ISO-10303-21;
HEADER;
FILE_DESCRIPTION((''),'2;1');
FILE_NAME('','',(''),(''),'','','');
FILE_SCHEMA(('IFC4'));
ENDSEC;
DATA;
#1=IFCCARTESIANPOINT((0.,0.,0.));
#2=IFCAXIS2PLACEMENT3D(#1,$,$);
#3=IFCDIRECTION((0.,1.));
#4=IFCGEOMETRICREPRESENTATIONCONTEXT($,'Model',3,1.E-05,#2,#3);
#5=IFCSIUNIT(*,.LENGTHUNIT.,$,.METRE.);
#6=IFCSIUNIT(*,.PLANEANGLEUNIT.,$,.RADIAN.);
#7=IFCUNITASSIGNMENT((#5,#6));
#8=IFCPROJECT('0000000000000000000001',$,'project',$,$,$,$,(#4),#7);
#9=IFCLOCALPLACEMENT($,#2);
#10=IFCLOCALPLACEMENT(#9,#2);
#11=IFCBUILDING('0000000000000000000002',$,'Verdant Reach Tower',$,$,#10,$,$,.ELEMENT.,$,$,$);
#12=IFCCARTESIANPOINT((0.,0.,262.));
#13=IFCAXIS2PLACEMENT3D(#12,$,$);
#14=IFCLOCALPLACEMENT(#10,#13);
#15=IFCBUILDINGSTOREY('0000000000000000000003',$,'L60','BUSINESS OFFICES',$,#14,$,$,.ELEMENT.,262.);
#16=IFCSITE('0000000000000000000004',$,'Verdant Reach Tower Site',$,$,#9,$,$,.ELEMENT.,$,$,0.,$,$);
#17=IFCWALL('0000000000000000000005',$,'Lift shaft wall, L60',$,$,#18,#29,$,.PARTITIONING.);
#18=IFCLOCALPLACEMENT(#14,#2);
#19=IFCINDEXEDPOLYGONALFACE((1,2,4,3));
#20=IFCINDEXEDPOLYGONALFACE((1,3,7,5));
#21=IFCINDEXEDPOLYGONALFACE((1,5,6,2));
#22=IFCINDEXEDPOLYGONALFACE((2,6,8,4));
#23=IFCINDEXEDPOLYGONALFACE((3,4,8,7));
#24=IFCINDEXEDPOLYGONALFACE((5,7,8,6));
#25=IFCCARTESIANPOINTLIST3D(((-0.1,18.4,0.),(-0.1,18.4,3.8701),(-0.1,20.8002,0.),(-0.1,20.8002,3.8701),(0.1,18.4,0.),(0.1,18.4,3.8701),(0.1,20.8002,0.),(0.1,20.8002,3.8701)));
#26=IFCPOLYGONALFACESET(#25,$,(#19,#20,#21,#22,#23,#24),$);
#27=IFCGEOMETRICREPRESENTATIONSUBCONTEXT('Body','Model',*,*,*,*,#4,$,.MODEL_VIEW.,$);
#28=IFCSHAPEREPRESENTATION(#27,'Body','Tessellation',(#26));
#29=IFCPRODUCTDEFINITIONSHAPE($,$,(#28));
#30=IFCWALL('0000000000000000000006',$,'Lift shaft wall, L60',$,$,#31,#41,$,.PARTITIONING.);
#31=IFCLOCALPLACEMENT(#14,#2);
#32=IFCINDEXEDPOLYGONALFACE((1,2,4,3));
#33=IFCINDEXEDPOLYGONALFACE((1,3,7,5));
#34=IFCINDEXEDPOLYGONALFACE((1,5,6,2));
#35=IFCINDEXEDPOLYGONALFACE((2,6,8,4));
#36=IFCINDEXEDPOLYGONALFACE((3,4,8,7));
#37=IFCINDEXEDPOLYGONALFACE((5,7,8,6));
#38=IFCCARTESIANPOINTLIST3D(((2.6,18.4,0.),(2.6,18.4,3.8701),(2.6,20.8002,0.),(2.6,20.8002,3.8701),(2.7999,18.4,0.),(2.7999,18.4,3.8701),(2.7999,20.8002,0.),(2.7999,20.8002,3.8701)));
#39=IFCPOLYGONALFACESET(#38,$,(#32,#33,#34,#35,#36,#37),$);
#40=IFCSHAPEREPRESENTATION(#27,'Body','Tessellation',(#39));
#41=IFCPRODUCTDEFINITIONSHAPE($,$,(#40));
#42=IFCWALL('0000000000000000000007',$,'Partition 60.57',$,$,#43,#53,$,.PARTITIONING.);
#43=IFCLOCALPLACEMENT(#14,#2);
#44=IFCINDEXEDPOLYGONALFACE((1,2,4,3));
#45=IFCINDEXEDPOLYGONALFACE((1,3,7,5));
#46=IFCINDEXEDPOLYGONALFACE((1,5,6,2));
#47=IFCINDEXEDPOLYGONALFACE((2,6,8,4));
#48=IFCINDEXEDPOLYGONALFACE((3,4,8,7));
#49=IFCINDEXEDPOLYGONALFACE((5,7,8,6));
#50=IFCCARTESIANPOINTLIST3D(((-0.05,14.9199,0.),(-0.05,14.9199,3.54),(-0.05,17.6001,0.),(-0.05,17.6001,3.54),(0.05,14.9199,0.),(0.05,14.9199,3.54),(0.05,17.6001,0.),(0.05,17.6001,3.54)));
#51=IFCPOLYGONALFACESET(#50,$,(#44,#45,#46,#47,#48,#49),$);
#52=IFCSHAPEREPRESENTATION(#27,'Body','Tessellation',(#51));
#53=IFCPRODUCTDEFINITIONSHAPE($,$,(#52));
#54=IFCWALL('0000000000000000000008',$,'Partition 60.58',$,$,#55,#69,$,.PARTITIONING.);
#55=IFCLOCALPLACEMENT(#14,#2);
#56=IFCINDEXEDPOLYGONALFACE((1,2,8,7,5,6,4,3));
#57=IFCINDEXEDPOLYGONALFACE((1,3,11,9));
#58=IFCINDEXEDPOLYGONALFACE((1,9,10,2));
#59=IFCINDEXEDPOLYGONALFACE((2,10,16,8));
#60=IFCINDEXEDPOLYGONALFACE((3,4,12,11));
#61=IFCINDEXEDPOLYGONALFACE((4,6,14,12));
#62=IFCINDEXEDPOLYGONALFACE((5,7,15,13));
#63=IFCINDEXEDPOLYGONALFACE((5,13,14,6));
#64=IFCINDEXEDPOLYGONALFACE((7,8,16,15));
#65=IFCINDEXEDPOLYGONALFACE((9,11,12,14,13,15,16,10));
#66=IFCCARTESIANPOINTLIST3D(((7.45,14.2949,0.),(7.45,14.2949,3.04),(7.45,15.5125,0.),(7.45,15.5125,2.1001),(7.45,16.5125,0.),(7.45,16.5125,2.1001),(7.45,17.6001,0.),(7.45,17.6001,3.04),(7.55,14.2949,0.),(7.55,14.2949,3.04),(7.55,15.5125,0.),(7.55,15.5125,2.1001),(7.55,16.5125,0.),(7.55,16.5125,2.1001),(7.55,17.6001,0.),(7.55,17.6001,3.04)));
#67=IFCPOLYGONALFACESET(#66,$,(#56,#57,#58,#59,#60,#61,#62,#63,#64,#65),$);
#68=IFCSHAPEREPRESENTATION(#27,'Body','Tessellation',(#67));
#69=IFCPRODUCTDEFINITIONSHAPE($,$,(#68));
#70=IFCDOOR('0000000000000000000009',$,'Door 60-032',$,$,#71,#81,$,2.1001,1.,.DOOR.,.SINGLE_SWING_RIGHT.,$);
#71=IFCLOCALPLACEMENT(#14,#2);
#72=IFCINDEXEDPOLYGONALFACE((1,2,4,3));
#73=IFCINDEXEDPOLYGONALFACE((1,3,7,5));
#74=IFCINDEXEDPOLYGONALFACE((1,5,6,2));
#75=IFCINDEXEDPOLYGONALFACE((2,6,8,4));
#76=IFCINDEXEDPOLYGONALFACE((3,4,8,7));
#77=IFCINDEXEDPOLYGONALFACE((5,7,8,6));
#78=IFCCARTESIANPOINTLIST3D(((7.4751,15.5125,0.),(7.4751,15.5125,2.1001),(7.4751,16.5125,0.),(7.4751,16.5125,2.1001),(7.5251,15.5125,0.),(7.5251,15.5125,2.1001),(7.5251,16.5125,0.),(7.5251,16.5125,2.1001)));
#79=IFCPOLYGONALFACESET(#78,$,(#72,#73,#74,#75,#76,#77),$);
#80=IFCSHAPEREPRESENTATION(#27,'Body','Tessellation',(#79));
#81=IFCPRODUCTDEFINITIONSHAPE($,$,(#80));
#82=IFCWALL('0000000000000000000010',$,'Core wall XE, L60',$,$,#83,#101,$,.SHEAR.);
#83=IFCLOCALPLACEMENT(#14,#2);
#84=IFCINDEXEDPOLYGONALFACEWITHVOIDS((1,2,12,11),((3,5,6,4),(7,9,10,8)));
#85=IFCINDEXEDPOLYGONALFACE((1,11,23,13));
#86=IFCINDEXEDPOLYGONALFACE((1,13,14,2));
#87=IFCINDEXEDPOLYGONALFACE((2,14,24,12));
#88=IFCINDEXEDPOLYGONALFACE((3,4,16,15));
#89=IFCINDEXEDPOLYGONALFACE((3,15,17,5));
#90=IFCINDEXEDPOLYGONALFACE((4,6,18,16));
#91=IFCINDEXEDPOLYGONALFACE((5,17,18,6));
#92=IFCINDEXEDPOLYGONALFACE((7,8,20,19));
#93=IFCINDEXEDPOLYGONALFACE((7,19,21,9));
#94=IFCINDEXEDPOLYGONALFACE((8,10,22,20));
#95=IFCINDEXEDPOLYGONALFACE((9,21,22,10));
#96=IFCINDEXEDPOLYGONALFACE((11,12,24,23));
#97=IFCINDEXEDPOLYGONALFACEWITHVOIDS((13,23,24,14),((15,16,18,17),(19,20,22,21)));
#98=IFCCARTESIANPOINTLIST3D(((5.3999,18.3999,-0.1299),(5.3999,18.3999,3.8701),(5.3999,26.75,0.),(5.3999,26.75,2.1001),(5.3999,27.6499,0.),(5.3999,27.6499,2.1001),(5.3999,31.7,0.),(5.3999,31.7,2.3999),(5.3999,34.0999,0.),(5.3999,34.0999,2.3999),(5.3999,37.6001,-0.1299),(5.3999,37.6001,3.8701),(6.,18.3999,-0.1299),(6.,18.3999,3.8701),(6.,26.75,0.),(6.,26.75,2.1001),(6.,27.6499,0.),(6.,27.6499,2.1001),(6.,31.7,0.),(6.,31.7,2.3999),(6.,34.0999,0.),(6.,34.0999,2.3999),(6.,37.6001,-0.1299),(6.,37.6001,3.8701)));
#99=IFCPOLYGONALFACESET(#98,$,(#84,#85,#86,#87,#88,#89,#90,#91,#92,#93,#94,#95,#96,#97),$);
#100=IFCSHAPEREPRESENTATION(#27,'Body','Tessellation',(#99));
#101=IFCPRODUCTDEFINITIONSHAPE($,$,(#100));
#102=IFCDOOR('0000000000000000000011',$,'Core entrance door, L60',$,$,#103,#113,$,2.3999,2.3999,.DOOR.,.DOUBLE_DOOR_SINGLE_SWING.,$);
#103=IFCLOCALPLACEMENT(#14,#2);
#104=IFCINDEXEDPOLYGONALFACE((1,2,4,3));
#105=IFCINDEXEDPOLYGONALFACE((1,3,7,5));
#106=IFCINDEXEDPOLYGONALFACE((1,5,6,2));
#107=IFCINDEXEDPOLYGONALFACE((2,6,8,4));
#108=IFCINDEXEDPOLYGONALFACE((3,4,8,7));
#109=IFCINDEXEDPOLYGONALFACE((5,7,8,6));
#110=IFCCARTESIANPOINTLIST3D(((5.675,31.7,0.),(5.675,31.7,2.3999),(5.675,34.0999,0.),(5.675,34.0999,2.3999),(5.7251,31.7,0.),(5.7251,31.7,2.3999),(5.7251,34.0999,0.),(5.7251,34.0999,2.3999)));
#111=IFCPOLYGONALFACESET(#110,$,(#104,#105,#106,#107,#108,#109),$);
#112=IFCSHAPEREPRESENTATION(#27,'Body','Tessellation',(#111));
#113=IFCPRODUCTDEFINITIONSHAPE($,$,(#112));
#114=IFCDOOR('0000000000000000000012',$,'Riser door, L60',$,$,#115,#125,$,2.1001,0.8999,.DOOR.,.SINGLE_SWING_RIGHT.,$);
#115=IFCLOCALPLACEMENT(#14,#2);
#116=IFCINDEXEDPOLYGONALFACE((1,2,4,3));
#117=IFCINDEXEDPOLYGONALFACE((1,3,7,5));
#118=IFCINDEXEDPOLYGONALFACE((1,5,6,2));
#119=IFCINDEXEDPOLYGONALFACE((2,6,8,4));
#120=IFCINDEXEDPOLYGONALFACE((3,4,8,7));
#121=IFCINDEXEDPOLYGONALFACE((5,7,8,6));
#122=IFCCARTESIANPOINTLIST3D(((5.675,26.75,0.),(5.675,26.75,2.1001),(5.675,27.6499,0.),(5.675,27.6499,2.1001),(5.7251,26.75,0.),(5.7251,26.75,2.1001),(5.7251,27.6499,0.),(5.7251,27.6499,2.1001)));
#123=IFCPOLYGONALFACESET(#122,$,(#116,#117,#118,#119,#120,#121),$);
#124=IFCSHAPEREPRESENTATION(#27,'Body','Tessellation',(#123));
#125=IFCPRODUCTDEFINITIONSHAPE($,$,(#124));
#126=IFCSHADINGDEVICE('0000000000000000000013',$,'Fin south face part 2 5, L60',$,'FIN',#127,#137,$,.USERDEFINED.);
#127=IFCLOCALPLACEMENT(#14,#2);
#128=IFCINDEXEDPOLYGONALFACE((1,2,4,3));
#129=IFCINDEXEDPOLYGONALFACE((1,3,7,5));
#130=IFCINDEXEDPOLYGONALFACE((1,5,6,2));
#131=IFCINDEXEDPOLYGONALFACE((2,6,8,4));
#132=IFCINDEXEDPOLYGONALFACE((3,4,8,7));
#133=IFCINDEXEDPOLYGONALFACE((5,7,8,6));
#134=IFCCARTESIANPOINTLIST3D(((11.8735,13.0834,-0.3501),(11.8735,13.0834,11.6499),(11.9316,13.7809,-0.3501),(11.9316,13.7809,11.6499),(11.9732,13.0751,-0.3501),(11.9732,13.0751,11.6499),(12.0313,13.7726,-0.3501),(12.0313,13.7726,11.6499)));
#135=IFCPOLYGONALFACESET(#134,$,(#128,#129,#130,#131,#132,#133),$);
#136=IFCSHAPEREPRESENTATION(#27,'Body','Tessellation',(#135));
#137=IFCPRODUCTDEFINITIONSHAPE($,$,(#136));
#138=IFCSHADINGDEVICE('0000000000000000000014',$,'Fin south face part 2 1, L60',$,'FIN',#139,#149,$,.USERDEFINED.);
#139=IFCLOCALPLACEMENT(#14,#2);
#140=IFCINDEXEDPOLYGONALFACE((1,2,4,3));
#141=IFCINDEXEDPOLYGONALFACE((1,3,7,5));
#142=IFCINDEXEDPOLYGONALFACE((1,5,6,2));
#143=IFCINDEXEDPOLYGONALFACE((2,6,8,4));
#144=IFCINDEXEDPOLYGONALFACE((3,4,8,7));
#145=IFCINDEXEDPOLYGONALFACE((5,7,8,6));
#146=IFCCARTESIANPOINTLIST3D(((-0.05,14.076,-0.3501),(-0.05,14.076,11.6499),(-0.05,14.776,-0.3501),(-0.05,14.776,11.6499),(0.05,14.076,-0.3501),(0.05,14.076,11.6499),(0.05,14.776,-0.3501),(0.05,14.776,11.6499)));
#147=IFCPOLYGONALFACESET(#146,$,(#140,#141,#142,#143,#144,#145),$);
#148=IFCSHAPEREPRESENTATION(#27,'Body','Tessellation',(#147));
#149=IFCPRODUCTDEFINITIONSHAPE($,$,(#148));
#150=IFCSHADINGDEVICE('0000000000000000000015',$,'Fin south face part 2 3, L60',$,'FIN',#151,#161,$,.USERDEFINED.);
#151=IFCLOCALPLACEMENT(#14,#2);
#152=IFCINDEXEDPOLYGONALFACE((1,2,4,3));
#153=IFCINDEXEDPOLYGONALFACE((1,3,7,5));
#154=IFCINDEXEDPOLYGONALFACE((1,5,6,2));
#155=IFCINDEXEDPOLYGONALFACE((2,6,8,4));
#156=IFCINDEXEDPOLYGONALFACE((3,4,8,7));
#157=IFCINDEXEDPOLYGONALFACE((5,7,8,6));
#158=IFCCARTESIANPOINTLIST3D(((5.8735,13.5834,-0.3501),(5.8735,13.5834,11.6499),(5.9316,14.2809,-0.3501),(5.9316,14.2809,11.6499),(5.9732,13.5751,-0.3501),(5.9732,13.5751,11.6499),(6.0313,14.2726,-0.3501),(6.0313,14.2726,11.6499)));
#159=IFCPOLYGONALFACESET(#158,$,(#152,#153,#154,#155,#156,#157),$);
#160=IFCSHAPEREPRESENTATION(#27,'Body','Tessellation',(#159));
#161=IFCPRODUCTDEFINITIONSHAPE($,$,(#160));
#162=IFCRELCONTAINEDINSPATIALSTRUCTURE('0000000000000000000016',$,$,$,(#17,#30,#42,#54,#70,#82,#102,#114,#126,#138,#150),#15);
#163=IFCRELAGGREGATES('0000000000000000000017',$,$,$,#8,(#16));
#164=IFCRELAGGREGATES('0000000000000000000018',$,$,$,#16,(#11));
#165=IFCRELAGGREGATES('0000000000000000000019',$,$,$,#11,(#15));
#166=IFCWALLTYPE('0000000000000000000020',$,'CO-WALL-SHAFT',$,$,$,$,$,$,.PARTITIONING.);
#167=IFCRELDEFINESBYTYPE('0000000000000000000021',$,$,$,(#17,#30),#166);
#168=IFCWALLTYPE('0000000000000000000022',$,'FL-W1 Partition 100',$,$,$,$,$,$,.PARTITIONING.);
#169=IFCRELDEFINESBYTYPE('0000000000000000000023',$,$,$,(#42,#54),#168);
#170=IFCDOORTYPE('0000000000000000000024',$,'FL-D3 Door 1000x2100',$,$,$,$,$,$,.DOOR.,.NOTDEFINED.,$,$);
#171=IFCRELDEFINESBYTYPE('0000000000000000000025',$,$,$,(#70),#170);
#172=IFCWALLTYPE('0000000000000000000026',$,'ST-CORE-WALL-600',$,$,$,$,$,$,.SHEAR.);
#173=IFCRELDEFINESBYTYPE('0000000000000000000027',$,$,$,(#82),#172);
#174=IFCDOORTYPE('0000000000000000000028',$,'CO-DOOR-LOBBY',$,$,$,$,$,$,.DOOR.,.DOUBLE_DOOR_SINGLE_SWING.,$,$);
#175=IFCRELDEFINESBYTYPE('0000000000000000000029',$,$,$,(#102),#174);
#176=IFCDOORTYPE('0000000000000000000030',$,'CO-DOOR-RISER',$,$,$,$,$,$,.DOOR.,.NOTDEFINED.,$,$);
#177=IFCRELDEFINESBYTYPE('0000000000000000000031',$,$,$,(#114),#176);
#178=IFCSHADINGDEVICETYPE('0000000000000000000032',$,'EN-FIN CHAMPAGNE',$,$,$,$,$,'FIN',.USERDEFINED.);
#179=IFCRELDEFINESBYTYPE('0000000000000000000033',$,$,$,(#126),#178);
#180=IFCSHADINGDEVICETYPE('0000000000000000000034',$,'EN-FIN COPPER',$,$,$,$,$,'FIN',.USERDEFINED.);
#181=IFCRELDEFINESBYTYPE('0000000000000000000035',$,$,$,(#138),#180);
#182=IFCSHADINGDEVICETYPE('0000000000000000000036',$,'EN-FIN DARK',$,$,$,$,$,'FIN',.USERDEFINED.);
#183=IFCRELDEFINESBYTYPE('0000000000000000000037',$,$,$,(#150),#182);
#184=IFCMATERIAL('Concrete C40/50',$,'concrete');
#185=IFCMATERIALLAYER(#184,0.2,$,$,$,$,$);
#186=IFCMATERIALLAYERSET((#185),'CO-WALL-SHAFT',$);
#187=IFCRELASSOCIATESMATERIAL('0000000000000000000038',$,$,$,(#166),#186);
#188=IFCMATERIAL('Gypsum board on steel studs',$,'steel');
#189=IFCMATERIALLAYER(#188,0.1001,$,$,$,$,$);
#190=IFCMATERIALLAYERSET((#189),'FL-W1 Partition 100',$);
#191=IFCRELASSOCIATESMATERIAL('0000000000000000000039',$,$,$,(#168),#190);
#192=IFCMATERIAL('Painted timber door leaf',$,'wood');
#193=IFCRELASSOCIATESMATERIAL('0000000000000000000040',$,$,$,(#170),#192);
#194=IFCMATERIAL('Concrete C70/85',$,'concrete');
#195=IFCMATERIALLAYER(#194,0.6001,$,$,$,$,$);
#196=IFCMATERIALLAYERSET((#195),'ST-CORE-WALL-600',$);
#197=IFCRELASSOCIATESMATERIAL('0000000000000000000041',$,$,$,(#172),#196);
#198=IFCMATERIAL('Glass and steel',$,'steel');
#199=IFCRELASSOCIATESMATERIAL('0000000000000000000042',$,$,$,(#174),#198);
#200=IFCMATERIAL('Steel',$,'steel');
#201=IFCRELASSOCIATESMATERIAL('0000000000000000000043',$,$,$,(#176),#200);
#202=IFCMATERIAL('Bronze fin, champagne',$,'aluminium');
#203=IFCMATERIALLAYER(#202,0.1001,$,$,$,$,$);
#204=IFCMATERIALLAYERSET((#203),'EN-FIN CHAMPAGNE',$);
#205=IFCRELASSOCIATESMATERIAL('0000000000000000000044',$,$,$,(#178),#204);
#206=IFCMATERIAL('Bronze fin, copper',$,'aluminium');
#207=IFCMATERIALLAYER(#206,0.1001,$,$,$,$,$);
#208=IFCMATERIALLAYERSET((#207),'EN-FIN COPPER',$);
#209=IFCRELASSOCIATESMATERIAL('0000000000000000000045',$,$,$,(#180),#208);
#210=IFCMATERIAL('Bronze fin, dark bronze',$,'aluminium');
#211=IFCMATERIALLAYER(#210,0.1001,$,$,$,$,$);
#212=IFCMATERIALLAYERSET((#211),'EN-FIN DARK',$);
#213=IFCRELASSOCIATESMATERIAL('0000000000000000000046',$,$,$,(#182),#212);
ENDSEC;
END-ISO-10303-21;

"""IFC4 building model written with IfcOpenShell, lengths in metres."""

from ifc_helpers import new_model, si_unit, direction, frame, frame_2d, origin, origin_2d, place, context, subcontext, project, spatial, rectangle, extrude, material, layer, layer_set, type_object, element, fill, save


model = new_model("IFC4")

# Units and contexts
model_context = context("Model", 3, precision=1e-05, world=origin(), true_north=direction((0.0, 1.0)))
body_context = subcontext(model_context, "Body", "Model", "MODEL_VIEW")
ifc_project = project(units=[si_unit("LENGTHUNIT", "METRE"), si_unit("PLANEANGLEUNIT", "RADIAN")], contexts=[model_context])

# Site, building, storey
site_placement = place(None, origin())
site = spatial("IfcSite", under=ifc_project, at=site_placement, Name="Verdant Reach Tower Site", CompositionType="ELEMENT", RefElevation=0.0)
building_placement = place(site_placement, origin())
building = spatial("IfcBuilding", under=site, at=building_placement, Name="Verdant Reach Tower", CompositionType="ELEMENT")
storey_placement = place(building_placement, frame((0.0, 0.0, 262.0)))
storey = spatial("IfcBuildingStorey", under=building, at=storey_placement, Name="L60", Description="BUSINESS OFFICES", CompositionType="ELEMENT", Elevation=262.0)

# Shared definitions
ifc_material_1 = material(Name="Concrete C40/50", Category="concrete")

# Walls
ifc_material_2 = material(Name="Gypsum board on steel studs", Category="steel")
ifc_layer_1 = layer(ifc_material_1, 0.2)
ifc_layer_set_1 = layer_set([ifc_layer_1], Name="CO-WALL-SHAFT")
wall_type_1 = type_object("IfcWallType", Name="CO-WALL-SHAFT", PredefinedType="PARTITIONING", material=ifc_layer_set_1)
for number, where, z_axis, x_axis, name in (
    (1, (0.0, 18.3999, 0.0), (0.0, 0.0, 1.0), (0.0, 1.0, 0.0), "Lift shaft wall, L60"),
    (2, (2.7, 18.3999, 0.0), (0.0, 0.0, 1.0), (0.0, 1.0, 0.0), "Lift shaft wall, L60"),
):
    element("IfcWall", number, at=place(storey_placement, frame(where, z_axis=z_axis, x_axis=x_axis)), inside=storey, type_object=wall_type_1, Name=name, PredefinedType="PARTITIONING", context=body_context, shape_type="SweptSolid", body=[
        extrude(rectangle(XDim=2.4001, YDim=0.2, at=frame_2d((1.2002, 0.0))), origin(), (0.0, 0.0, 1.0), 3.8701),
    ])
ifc_layer_2 = layer(ifc_material_2, 0.1001)
ifc_layer_set_2 = layer_set([ifc_layer_2], Name="FL-W1 Partition 100")
wall_type_2 = type_object("IfcWallType", Name="FL-W1 Partition 100", PredefinedType="PARTITIONING", material=ifc_layer_set_2)
wall_1_placement = place(storey_placement, frame((0.0, 14.9199, 0.0), z_axis=(0.0, 0.0, 1.0), x_axis=(0.0, 1.0, 0.0)))
element("IfcWall", 3, at=wall_1_placement, inside=storey, type_object=wall_type_2, Name="Partition 60.57", PredefinedType="PARTITIONING", context=body_context, shape_type="SweptSolid", body=[
    extrude(rectangle(XDim=2.6802, YDim=0.1001, at=frame_2d((1.3401, 0.0))), origin(), (0.0, 0.0, 1.0), 3.54),
])

# Wall, opening, door
wall_2_placement = place(storey_placement, frame((7.5, 14.2949, 0.0), z_axis=(0.0, 0.0, 1.0), x_axis=(0.0, 1.0, 0.0)))
wall_2 = element("IfcWall", 4, at=wall_2_placement, inside=storey, type_object=wall_type_2, Name="Partition 60.58", PredefinedType="PARTITIONING", context=body_context, shape_type="SweptSolid", body=[
    extrude(rectangle(XDim=3.3052, YDim=0.1001, at=frame_2d((1.6526, 0.0))), origin(), (0.0, 0.0, 1.0), 3.04),
])
opening_1_placement = place(wall_2_placement, frame((1.2175, 0.0, 0.0)))
opening_1 = element("IfcOpeningElement", 5, at=opening_1_placement, cuts=wall_2, PredefinedType="OPENING", context=body_context, shape_type="SweptSolid", body=[
    extrude(rectangle(XDim=1.0, YDim=2.1001, at=frame_2d((0.5, 1.05))), frame((0.0, 0.0601, 0.0), z_axis=(0.0, -1.0, 0.0), x_axis=(1.0, 0.0, 0.0)), (0.0, 0.0, 1.0), 0.1201),
])
ifc_material_3 = material(Name="Painted timber door leaf", Category="wood")
door_type_1 = type_object("IfcDoorType", Name="FL-D3 Door 1000x2100", OperationType="NOTDEFINED", PredefinedType="DOOR", material=ifc_material_3)
door_1_placement = place(opening_1_placement, origin())
door_1 = element("IfcDoor", 6, at=door_1_placement, inside=storey, type_object=door_type_1, Name="Door 60-032", OperationType="SINGLE_SWING_RIGHT", OverallHeight=2.1001, OverallWidth=1.0, PredefinedType="DOOR", context=body_context, shape_type="SweptSolid", body=[
    extrude(rectangle(XDim=1.0, YDim=2.1001, at=frame_2d((0.5, 1.05))), frame((0.0, 0.0249, 0.0), z_axis=(0.0, -1.0, 0.0), x_axis=(1.0, 0.0, 0.0)), (0.0, 0.0, 1.0), 0.05),
])
fill(opening_1, door_1)

# Wall, openings, doors
ifc_material_4 = material(Name="Concrete C70/85", Category="concrete")
ifc_layer_3 = layer(ifc_material_4, 0.6001)
ifc_layer_set_3 = layer_set([ifc_layer_3], Name="ST-CORE-WALL-600")
wall_type_3 = type_object("IfcWallType", Name="ST-CORE-WALL-600", PredefinedType="SHEAR", material=ifc_layer_set_3)
wall_3_placement = place(storey_placement, frame((5.7, 18.3999, -0.1299), z_axis=(0.0, 0.0, 1.0), x_axis=(0.0, 1.0, 0.0)))
wall_3 = element("IfcWall", 7, at=wall_3_placement, inside=storey, type_object=wall_type_3, Name="Core wall XE, L60", PredefinedType="SHEAR", context=body_context, shape_type="SweptSolid", body=[
    extrude(rectangle(XDim=19.2002, YDim=0.6001, at=frame_2d((9.6001, 0.0))), origin(), (0.0, 0.0, 1.0), 4.0),
])
opening_2_placement = place(wall_3_placement, frame((8.3501, 0.0, 0.1299)))
opening_2 = element("IfcOpeningElement", 8, at=opening_2_placement, cuts=wall_3, PredefinedType="OPENING", context=body_context, shape_type="SweptSolid", body=[
    extrude(rectangle(XDim=0.8999, YDim=2.1001, at=frame_2d((0.45, 1.05))), frame((0.0, 0.3101, 0.0), z_axis=(0.0, -1.0, 0.0), x_axis=(1.0, 0.0, 0.0)), (0.0, 0.0, 1.0), 0.6201),
])
opening_3_placement = place(wall_3_placement, frame((13.3, 0.0, 0.1299)))
opening_3 = element("IfcOpeningElement", 9, at=opening_3_placement, cuts=wall_3, PredefinedType="OPENING", context=body_context, shape_type="SweptSolid", body=[
    extrude(rectangle(XDim=2.3999, YDim=2.3999, at=frame_2d((1.2, 1.2))), frame((0.0, 0.3101, 0.0), z_axis=(0.0, -1.0, 0.0), x_axis=(1.0, 0.0, 0.0)), (0.0, 0.0, 1.0), 0.6201),
])
ifc_material_5 = material(Name="Glass and steel", Category="steel")
door_type_2 = type_object("IfcDoorType", Name="CO-DOOR-LOBBY", OperationType="DOUBLE_DOOR_SINGLE_SWING", PredefinedType="DOOR", material=ifc_material_5)
door_2_placement = place(opening_3_placement, origin())
door_2 = element("IfcDoor", 10, at=door_2_placement, inside=storey, type_object=door_type_2, Name="Core entrance door, L60", OperationType="DOUBLE_DOOR_SINGLE_SWING", OverallHeight=2.3999, OverallWidth=2.3999, PredefinedType="DOOR", context=body_context, shape_type="SweptSolid", body=[
    extrude(rectangle(XDim=2.3999, YDim=2.3999, at=frame_2d((1.2, 1.2))), frame((0.0, 0.0249, 0.0), z_axis=(0.0, -1.0, 0.0), x_axis=(1.0, 0.0, 0.0)), (0.0, 0.0, 1.0), 0.05),
])
fill(opening_3, door_2)
ifc_material_6 = material(Name="Steel", Category="steel")
door_type_3 = type_object("IfcDoorType", Name="CO-DOOR-RISER", OperationType="NOTDEFINED", PredefinedType="DOOR", material=ifc_material_6)
door_3_placement = place(opening_2_placement, origin())
door_3 = element("IfcDoor", 11, at=door_3_placement, inside=storey, type_object=door_type_3, Name="Riser door, L60", OperationType="SINGLE_SWING_RIGHT", OverallHeight=2.1001, OverallWidth=0.8999, PredefinedType="DOOR", context=body_context, shape_type="SweptSolid", body=[
    extrude(rectangle(XDim=0.8999, YDim=2.1001, at=frame_2d((0.45, 1.05))), frame((0.0, 0.0249, 0.0), z_axis=(0.0, -1.0, 0.0), x_axis=(1.0, 0.0, 0.0)), (0.0, 0.0, 1.0), 0.05),
])
fill(opening_2, door_3)

# Shading devices
ifc_material_7 = material(Name="Bronze fin, champagne", Category="aluminium")
ifc_layer_4 = layer(ifc_material_7, 0.1001)
ifc_layer_set_4 = layer_set([ifc_layer_4], Name="EN-FIN CHAMPAGNE")
shading_device_type_1 = type_object("IfcShadingDeviceType", Name="EN-FIN CHAMPAGNE", ElementType="FIN", PredefinedType="USERDEFINED", material=ifc_layer_set_4)
shading_device_1_placement = place(storey_placement, frame((11.9524, 13.428, -0.3501), z_axis=(0.0, 0.0, 1.0), x_axis=(0.996546, -0.083045, 0.0)))
element("IfcShadingDevice", 12, at=shading_device_1_placement, inside=storey, type_object=shading_device_type_1, Name="Fin south face part 2 5, L60", ObjectType="FIN", PredefinedType="USERDEFINED", context=body_context, shape_type="SweptSolid", body=[
    extrude(rectangle(XDim=0.1001, YDim=0.7, at=origin_2d()), origin(), (0.0, 0.0, 1.0), 12.0),
])
ifc_material_8 = material(Name="Bronze fin, copper", Category="aluminium")
ifc_layer_5 = layer(ifc_material_8, 0.1001)
ifc_layer_set_5 = layer_set([ifc_layer_5], Name="EN-FIN COPPER")
shading_device_type_2 = type_object("IfcShadingDeviceType", Name="EN-FIN COPPER", ElementType="FIN", PredefinedType="USERDEFINED", material=ifc_layer_set_5)
shading_device_2_placement = place(storey_placement, frame((0.0, 14.426, -0.3501), z_axis=(0.0, 0.0, 1.0), x_axis=(1.0, 0.0, 0.0)))
element("IfcShadingDevice", 13, at=shading_device_2_placement, inside=storey, type_object=shading_device_type_2, Name="Fin south face part 2 1, L60", ObjectType="FIN", PredefinedType="USERDEFINED", context=body_context, shape_type="SweptSolid", body=[
    extrude(rectangle(XDim=0.1001, YDim=0.7, at=origin_2d()), origin(), (0.0, 0.0, 1.0), 12.0),
])
ifc_material_9 = material(Name="Bronze fin, dark bronze", Category="aluminium")
ifc_layer_6 = layer(ifc_material_9, 0.1001)
ifc_layer_set_6 = layer_set([ifc_layer_6], Name="EN-FIN DARK")
shading_device_type_3 = type_object("IfcShadingDeviceType", Name="EN-FIN DARK", ElementType="FIN", PredefinedType="USERDEFINED", material=ifc_layer_set_6)
shading_device_3_placement = place(storey_placement, frame((5.9524, 13.928, -0.3501), z_axis=(0.0, 0.0, 1.0), x_axis=(0.996546, -0.083045, 0.0)))
element("IfcShadingDevice", 14, at=shading_device_3_placement, inside=storey, type_object=shading_device_type_3, Name="Fin south face part 2 3, L60", ObjectType="FIN", PredefinedType="USERDEFINED", context=body_context, shape_type="SweptSolid", body=[
    extrude(rectangle(XDim=0.1001, YDim=0.7, at=origin_2d()), origin(), (0.0, 0.0, 1.0), 12.0),
])

save(model, "model.ifc")
